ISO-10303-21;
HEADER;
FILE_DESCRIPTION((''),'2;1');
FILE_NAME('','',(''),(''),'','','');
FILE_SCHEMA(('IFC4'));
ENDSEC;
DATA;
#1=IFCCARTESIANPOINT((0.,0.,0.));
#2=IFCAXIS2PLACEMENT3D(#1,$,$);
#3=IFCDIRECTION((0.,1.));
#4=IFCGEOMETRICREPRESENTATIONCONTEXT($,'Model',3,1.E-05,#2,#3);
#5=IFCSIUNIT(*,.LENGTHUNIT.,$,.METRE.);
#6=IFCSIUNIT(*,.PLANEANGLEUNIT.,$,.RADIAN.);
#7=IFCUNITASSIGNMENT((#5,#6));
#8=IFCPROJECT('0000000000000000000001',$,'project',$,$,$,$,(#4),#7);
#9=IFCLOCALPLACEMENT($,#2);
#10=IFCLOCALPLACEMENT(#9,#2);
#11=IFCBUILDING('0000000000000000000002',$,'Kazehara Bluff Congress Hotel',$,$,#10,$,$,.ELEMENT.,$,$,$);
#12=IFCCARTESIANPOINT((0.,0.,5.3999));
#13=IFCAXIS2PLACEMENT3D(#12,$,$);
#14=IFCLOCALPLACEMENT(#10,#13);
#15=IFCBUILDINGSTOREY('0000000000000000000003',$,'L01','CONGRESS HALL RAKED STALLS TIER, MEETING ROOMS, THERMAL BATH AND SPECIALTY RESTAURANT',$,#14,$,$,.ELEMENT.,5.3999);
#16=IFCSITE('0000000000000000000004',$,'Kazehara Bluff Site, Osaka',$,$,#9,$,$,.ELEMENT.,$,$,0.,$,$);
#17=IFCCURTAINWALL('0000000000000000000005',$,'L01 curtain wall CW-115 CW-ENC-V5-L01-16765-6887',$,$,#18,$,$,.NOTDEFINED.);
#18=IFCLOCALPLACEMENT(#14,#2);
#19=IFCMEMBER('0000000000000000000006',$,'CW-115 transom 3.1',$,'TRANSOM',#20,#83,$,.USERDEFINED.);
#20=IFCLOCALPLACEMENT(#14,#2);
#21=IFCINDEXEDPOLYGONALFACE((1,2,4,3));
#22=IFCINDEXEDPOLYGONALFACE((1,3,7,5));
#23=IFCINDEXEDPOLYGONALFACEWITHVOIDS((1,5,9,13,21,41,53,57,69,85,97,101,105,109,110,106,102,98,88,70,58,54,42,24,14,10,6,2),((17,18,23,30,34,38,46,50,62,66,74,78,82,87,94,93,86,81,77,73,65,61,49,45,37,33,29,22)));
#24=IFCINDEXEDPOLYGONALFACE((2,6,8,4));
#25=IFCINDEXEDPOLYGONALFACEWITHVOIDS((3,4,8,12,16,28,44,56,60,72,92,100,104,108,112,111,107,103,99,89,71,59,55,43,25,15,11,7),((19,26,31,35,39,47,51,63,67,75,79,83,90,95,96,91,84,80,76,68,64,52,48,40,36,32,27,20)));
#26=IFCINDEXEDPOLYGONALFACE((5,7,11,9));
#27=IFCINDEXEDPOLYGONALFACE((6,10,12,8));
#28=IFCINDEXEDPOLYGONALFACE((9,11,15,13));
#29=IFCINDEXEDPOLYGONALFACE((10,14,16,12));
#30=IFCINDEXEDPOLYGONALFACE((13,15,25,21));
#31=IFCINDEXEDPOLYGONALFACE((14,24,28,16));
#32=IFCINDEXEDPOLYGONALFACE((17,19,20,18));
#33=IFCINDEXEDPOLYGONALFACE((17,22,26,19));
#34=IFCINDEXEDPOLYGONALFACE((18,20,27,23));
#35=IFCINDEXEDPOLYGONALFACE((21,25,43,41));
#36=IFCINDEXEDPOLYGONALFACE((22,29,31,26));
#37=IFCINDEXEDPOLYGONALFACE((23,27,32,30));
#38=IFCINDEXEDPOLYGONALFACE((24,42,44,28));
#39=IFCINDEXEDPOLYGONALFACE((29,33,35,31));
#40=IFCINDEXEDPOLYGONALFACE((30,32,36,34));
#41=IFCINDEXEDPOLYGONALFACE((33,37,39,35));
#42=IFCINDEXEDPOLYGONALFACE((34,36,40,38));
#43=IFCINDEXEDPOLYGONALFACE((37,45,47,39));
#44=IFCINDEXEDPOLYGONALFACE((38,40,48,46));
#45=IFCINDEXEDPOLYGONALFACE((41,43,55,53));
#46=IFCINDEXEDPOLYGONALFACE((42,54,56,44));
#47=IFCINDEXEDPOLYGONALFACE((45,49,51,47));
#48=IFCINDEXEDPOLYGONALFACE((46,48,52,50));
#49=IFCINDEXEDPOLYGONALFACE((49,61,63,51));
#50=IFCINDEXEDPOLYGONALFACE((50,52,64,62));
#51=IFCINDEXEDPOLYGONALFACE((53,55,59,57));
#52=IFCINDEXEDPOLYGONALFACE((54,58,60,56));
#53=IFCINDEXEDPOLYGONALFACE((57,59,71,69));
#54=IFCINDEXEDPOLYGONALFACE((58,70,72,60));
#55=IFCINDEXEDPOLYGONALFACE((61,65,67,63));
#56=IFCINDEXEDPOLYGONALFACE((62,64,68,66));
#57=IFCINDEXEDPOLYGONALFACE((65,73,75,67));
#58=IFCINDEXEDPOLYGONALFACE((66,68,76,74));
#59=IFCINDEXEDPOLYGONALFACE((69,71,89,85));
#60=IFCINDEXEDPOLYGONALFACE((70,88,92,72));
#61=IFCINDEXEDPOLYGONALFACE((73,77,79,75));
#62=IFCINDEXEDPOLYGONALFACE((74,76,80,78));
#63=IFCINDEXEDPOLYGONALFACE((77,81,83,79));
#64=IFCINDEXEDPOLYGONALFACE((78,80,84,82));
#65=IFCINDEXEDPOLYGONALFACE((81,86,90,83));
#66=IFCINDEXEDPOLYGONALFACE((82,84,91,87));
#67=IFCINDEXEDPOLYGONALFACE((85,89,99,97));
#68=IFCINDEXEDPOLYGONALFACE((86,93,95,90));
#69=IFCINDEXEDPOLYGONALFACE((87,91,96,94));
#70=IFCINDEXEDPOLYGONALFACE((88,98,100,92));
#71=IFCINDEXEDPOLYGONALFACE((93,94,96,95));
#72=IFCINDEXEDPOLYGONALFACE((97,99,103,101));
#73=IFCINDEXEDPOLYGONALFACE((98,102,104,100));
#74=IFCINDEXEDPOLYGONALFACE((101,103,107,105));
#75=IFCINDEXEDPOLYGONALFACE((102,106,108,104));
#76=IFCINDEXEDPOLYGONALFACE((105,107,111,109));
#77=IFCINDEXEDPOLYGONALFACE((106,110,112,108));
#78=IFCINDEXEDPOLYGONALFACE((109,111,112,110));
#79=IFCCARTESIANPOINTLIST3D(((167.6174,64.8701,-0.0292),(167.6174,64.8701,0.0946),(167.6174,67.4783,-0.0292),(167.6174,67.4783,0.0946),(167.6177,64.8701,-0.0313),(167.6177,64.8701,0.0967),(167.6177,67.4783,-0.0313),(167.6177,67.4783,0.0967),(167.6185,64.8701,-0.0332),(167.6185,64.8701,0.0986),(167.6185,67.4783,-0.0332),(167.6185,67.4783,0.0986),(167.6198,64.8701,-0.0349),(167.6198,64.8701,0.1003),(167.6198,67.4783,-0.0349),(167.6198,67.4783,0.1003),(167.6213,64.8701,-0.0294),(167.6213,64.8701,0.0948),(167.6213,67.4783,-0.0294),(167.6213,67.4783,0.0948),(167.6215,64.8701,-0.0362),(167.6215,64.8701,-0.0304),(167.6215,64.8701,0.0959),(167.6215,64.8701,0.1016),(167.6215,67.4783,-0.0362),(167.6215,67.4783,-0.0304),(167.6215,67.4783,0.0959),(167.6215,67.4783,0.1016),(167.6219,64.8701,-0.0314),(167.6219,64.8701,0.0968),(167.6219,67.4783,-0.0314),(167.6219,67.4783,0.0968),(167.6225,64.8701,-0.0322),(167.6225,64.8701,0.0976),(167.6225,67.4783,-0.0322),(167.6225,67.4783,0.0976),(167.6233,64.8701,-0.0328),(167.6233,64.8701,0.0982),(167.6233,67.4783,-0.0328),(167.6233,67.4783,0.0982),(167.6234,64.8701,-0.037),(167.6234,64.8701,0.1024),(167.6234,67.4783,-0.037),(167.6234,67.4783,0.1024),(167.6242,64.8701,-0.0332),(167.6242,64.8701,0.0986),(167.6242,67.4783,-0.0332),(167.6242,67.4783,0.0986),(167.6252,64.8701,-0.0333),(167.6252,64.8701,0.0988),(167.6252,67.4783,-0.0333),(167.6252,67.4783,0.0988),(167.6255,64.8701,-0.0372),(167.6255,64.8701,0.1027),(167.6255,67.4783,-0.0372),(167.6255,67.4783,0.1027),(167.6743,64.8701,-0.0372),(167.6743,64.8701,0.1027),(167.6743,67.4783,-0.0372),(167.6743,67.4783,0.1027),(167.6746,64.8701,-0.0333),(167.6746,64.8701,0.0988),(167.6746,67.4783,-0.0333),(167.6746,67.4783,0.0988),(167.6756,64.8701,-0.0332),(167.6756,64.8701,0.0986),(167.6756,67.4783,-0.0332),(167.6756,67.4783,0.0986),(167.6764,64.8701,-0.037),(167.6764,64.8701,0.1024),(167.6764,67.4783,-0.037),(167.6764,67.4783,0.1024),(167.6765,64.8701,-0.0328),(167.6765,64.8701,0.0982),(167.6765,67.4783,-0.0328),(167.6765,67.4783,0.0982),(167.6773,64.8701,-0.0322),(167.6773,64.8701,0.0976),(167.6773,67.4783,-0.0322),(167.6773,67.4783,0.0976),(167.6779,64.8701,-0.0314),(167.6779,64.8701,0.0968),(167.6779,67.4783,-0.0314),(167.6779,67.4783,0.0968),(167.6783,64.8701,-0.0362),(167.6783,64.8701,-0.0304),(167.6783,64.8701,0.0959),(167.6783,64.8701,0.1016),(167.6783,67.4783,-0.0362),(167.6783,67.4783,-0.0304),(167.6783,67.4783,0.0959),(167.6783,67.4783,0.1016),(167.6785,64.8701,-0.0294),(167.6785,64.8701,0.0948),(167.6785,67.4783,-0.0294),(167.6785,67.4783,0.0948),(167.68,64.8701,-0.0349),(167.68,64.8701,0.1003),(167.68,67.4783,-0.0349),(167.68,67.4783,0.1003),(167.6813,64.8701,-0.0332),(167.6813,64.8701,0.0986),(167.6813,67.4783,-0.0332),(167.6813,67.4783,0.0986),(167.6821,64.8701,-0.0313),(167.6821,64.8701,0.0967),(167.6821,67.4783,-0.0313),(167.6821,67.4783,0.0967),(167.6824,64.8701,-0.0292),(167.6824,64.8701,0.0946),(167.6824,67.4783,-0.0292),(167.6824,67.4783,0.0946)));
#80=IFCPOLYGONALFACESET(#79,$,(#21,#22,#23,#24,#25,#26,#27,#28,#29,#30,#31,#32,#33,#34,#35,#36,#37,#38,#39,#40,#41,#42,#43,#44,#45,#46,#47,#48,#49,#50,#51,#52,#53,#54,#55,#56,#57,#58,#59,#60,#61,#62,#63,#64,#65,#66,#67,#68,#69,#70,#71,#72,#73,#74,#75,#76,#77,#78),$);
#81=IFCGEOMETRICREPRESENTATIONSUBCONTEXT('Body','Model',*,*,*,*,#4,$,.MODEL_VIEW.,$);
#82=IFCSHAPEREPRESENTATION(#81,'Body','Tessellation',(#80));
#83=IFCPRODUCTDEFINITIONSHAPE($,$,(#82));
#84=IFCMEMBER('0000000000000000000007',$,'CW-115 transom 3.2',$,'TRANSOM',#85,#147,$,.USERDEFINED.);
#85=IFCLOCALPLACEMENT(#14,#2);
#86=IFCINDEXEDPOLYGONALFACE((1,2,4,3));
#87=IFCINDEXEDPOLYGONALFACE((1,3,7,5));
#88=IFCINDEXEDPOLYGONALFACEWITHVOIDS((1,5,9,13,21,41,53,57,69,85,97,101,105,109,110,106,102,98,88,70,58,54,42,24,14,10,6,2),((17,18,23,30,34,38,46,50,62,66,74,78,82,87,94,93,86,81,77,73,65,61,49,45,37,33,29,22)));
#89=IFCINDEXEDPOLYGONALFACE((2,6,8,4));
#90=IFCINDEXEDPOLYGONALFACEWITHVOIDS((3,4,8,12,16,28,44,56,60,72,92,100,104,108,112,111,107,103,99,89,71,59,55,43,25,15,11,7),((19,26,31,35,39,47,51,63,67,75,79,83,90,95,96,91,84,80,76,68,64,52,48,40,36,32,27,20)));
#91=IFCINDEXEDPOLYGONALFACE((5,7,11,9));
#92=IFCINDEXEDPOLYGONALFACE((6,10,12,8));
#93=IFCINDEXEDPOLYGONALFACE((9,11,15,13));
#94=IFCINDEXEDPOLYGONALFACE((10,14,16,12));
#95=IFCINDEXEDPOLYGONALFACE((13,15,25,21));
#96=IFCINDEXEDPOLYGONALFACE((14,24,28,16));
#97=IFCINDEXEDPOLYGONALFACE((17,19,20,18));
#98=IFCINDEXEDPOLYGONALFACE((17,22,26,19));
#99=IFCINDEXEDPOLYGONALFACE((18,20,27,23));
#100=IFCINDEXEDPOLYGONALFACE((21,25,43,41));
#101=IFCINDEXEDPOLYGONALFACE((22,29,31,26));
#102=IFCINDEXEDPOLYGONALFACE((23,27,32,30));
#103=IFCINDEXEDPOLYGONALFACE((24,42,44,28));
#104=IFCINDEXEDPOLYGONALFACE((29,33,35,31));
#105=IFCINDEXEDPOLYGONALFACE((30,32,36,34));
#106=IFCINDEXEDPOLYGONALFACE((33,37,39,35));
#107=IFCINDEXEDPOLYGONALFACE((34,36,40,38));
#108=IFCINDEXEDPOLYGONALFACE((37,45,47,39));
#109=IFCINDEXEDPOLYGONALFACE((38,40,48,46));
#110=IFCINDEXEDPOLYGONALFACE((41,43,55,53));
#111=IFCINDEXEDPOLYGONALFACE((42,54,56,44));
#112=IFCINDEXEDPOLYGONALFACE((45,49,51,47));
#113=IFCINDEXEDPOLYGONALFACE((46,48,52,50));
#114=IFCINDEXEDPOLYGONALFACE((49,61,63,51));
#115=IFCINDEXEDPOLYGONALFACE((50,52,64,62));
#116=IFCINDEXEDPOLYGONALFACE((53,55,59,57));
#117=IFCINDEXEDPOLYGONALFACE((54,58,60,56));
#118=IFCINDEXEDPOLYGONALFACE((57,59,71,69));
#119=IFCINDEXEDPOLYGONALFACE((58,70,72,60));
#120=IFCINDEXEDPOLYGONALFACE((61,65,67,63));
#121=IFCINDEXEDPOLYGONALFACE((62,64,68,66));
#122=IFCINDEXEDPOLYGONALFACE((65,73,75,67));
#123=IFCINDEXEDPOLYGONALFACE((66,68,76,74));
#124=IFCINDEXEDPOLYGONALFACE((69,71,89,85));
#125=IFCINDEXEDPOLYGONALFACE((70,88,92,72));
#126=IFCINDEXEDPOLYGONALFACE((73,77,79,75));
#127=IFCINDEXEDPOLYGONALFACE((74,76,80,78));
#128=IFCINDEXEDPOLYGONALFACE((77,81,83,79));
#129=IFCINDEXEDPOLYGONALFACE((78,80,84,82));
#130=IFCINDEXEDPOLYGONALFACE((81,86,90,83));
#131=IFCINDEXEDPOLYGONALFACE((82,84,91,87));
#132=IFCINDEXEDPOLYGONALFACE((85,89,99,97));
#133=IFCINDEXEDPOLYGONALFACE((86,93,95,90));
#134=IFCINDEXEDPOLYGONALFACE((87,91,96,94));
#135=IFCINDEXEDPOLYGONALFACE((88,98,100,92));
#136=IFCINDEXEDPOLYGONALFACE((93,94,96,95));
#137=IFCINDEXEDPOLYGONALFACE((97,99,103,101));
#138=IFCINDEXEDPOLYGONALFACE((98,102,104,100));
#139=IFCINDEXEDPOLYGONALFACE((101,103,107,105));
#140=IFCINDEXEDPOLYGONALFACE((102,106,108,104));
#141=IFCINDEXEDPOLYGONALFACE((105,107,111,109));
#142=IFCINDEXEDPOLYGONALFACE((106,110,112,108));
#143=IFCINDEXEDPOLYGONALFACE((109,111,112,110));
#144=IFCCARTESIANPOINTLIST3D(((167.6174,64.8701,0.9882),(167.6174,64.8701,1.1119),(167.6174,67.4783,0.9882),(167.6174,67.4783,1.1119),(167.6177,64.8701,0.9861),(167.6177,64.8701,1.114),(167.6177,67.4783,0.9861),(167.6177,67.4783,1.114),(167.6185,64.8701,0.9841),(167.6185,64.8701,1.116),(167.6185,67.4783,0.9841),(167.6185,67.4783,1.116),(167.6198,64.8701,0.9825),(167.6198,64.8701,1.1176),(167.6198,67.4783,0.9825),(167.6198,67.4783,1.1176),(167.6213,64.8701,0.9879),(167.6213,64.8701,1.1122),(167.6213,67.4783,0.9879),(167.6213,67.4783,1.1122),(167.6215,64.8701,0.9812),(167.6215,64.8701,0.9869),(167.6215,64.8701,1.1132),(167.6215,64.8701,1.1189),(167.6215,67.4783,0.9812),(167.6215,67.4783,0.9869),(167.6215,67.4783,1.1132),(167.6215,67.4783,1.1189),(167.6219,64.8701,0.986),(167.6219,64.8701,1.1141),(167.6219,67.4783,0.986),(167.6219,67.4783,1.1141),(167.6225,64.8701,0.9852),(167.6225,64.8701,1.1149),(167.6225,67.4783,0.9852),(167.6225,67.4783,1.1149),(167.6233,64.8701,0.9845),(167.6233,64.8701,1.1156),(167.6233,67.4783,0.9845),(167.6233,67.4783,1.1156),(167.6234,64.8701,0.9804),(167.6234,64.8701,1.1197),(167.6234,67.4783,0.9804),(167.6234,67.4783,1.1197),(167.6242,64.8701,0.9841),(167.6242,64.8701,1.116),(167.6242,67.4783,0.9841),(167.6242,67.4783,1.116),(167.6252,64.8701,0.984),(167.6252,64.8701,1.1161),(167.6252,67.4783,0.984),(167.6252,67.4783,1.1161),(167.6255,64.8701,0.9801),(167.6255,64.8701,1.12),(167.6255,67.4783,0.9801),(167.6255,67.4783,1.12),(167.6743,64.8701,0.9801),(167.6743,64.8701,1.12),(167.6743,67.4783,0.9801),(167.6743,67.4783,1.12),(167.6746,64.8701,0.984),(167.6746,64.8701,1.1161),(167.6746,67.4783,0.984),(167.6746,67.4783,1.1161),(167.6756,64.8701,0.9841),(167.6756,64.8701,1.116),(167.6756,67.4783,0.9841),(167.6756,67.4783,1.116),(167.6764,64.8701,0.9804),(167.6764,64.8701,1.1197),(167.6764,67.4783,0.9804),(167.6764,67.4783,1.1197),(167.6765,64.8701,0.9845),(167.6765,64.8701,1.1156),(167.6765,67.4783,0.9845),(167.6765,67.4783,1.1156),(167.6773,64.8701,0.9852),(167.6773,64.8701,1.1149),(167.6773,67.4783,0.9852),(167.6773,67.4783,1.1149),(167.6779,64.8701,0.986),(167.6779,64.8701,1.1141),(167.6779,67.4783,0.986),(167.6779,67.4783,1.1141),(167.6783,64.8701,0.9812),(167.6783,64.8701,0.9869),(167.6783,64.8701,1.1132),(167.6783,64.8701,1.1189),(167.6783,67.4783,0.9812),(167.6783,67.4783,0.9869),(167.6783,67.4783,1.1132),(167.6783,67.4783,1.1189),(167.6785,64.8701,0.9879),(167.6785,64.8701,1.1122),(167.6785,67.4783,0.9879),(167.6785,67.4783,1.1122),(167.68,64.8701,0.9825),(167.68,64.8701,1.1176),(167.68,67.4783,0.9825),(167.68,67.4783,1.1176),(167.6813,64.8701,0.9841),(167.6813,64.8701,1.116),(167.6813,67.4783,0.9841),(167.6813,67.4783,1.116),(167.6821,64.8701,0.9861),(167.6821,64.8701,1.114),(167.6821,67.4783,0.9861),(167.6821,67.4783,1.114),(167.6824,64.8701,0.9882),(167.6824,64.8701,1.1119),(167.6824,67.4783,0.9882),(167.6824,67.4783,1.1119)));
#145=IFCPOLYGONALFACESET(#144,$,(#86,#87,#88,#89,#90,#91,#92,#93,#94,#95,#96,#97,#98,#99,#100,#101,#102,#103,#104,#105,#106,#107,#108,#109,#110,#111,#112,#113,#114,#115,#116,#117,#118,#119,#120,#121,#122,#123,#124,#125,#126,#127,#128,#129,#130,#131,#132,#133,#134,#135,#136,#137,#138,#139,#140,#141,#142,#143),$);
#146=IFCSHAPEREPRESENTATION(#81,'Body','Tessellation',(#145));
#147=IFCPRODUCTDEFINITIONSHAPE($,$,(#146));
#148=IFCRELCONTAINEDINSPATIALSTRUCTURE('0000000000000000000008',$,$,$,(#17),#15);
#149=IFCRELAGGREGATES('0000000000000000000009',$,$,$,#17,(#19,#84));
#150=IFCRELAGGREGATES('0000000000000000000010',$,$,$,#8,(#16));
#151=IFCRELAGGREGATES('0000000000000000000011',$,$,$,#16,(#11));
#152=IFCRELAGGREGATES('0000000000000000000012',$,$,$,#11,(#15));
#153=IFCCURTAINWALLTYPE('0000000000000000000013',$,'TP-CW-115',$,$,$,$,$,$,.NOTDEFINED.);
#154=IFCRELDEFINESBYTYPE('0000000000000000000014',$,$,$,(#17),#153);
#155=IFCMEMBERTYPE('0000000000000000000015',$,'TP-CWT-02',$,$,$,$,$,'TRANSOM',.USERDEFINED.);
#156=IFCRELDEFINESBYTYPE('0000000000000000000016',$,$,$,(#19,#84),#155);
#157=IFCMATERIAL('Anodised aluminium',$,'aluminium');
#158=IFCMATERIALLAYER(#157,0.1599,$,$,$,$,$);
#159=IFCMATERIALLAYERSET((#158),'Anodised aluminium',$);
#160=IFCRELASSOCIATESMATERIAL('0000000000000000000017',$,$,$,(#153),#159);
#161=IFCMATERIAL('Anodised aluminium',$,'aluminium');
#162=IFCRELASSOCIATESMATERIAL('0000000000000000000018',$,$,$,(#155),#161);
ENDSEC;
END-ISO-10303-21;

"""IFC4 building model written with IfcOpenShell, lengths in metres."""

from ifc_helpers import new_model, si_unit, direction, frame, origin, origin_2d, place, context, subcontext, project, spatial, hollow_rectangle, extrude, material, layer, layer_set, material_profile, profile_set, type_object, element, aggregate, save


model = new_model("IFC4")

# Units and contexts
model_context = context("Model", 3, precision=1e-05, world=origin(), true_north=direction((0.0, 1.0)))
body_context = subcontext(model_context, "Body", "Model", "MODEL_VIEW")
ifc_project = project(units=[si_unit("LENGTHUNIT", "METRE"), si_unit("PLANEANGLEUNIT", "RADIAN")], contexts=[model_context])

# Site, building, storey
site_placement = place(None, origin())
site = spatial("IfcSite", under=ifc_project, at=site_placement, Name="Kazehara Bluff Site, Osaka", CompositionType="ELEMENT", RefElevation=0.0)
building_placement = place(site_placement, origin())
building = spatial("IfcBuilding", under=site, at=building_placement, Name="Kazehara Bluff Congress Hotel", CompositionType="ELEMENT")
storey_placement = place(building_placement, frame((0.0, 0.0, 5.3999)))
storey = spatial("IfcBuildingStorey", under=building, at=storey_placement, Name="L01", Description="CONGRESS HALL RAKED STALLS TIER, MEETING ROOMS, THERMAL BATH AND SPECIALTY RESTAURANT", CompositionType="ELEMENT", Elevation=5.3999)

# Curtain wall, members
ifc_material_1 = material(Name="Anodised aluminium", Category="aluminium")
ifc_layer_1 = layer(ifc_material_1, 0.1599)
ifc_layer_set_1 = layer_set([ifc_layer_1], Name="Anodised aluminium")
curtain_wall_type_1 = type_object("IfcCurtainWallType", Name="TP-CW-115", PredefinedType="NOTDEFINED", material=ifc_layer_set_1)
curtain_wall_1_placement = place(storey_placement, origin())
curtain_wall_1 = element("IfcCurtainWall", 1, at=curtain_wall_1_placement, inside=storey, type_object=curtain_wall_type_1, Name="L01 curtain wall CW-115 CW-ENC-V5-L01-16765-6887", PredefinedType="NOTDEFINED")
ifc_material_2 = material(Name="Anodised aluminium", Category="aluminium")
ifc_material_profile_1 = material_profile(ifc_material_2, hollow_rectangle(XDim=0.0649, YDim=0.1399, WallThickness=0.0039, InnerFilletRadius=0.0039, OuterFilletRadius=0.0081, at=origin_2d()))
ifc_profile_set_1 = profile_set([ifc_material_profile_1], Name="Anodised aluminium")
member_type_1 = type_object("IfcMemberType", Name="TP-CWT-02", ElementType="TRANSOM", PredefinedType="USERDEFINED", material=ifc_profile_set_1)
member_1_placement = place(storey_placement, frame((167.6499, 67.4783, 0.0327), z_axis=(0.0, -1.0, 0.0), x_axis=(1.0, 0.0, 0.0)))
member_1 = element("IfcMember", 2, at=member_1_placement, type_object=member_type_1, Name="CW-115 transom 3.1", ObjectType="TRANSOM", PredefinedType="USERDEFINED", context=body_context, shape_type="SweptSolid", body=[
    extrude(hollow_rectangle(XDim=0.0649, YDim=0.1399, WallThickness=0.0039, InnerFilletRadius=0.0039, OuterFilletRadius=0.0081, at=origin_2d()), origin(), (0.0, 0.0, 1.0), 2.6082),
])
member_2_placement = place(storey_placement, frame((167.6499, 67.4783, 1.05), z_axis=(0.0, -1.0, 0.0), x_axis=(1.0, 0.0, 0.0)))
member_2 = element("IfcMember", 3, at=member_2_placement, type_object=member_type_1, Name="CW-115 transom 3.2", ObjectType="TRANSOM", PredefinedType="USERDEFINED", context=body_context, shape_type="SweptSolid", body=[
    extrude(hollow_rectangle(XDim=0.0649, YDim=0.1399, WallThickness=0.0039, InnerFilletRadius=0.0039, OuterFilletRadius=0.0081, at=origin_2d()), origin(), (0.0, 0.0, 1.0), 2.6082),
])

aggregate(curtain_wall_1, [member_1, member_2])

save(model, "model.ifc")
